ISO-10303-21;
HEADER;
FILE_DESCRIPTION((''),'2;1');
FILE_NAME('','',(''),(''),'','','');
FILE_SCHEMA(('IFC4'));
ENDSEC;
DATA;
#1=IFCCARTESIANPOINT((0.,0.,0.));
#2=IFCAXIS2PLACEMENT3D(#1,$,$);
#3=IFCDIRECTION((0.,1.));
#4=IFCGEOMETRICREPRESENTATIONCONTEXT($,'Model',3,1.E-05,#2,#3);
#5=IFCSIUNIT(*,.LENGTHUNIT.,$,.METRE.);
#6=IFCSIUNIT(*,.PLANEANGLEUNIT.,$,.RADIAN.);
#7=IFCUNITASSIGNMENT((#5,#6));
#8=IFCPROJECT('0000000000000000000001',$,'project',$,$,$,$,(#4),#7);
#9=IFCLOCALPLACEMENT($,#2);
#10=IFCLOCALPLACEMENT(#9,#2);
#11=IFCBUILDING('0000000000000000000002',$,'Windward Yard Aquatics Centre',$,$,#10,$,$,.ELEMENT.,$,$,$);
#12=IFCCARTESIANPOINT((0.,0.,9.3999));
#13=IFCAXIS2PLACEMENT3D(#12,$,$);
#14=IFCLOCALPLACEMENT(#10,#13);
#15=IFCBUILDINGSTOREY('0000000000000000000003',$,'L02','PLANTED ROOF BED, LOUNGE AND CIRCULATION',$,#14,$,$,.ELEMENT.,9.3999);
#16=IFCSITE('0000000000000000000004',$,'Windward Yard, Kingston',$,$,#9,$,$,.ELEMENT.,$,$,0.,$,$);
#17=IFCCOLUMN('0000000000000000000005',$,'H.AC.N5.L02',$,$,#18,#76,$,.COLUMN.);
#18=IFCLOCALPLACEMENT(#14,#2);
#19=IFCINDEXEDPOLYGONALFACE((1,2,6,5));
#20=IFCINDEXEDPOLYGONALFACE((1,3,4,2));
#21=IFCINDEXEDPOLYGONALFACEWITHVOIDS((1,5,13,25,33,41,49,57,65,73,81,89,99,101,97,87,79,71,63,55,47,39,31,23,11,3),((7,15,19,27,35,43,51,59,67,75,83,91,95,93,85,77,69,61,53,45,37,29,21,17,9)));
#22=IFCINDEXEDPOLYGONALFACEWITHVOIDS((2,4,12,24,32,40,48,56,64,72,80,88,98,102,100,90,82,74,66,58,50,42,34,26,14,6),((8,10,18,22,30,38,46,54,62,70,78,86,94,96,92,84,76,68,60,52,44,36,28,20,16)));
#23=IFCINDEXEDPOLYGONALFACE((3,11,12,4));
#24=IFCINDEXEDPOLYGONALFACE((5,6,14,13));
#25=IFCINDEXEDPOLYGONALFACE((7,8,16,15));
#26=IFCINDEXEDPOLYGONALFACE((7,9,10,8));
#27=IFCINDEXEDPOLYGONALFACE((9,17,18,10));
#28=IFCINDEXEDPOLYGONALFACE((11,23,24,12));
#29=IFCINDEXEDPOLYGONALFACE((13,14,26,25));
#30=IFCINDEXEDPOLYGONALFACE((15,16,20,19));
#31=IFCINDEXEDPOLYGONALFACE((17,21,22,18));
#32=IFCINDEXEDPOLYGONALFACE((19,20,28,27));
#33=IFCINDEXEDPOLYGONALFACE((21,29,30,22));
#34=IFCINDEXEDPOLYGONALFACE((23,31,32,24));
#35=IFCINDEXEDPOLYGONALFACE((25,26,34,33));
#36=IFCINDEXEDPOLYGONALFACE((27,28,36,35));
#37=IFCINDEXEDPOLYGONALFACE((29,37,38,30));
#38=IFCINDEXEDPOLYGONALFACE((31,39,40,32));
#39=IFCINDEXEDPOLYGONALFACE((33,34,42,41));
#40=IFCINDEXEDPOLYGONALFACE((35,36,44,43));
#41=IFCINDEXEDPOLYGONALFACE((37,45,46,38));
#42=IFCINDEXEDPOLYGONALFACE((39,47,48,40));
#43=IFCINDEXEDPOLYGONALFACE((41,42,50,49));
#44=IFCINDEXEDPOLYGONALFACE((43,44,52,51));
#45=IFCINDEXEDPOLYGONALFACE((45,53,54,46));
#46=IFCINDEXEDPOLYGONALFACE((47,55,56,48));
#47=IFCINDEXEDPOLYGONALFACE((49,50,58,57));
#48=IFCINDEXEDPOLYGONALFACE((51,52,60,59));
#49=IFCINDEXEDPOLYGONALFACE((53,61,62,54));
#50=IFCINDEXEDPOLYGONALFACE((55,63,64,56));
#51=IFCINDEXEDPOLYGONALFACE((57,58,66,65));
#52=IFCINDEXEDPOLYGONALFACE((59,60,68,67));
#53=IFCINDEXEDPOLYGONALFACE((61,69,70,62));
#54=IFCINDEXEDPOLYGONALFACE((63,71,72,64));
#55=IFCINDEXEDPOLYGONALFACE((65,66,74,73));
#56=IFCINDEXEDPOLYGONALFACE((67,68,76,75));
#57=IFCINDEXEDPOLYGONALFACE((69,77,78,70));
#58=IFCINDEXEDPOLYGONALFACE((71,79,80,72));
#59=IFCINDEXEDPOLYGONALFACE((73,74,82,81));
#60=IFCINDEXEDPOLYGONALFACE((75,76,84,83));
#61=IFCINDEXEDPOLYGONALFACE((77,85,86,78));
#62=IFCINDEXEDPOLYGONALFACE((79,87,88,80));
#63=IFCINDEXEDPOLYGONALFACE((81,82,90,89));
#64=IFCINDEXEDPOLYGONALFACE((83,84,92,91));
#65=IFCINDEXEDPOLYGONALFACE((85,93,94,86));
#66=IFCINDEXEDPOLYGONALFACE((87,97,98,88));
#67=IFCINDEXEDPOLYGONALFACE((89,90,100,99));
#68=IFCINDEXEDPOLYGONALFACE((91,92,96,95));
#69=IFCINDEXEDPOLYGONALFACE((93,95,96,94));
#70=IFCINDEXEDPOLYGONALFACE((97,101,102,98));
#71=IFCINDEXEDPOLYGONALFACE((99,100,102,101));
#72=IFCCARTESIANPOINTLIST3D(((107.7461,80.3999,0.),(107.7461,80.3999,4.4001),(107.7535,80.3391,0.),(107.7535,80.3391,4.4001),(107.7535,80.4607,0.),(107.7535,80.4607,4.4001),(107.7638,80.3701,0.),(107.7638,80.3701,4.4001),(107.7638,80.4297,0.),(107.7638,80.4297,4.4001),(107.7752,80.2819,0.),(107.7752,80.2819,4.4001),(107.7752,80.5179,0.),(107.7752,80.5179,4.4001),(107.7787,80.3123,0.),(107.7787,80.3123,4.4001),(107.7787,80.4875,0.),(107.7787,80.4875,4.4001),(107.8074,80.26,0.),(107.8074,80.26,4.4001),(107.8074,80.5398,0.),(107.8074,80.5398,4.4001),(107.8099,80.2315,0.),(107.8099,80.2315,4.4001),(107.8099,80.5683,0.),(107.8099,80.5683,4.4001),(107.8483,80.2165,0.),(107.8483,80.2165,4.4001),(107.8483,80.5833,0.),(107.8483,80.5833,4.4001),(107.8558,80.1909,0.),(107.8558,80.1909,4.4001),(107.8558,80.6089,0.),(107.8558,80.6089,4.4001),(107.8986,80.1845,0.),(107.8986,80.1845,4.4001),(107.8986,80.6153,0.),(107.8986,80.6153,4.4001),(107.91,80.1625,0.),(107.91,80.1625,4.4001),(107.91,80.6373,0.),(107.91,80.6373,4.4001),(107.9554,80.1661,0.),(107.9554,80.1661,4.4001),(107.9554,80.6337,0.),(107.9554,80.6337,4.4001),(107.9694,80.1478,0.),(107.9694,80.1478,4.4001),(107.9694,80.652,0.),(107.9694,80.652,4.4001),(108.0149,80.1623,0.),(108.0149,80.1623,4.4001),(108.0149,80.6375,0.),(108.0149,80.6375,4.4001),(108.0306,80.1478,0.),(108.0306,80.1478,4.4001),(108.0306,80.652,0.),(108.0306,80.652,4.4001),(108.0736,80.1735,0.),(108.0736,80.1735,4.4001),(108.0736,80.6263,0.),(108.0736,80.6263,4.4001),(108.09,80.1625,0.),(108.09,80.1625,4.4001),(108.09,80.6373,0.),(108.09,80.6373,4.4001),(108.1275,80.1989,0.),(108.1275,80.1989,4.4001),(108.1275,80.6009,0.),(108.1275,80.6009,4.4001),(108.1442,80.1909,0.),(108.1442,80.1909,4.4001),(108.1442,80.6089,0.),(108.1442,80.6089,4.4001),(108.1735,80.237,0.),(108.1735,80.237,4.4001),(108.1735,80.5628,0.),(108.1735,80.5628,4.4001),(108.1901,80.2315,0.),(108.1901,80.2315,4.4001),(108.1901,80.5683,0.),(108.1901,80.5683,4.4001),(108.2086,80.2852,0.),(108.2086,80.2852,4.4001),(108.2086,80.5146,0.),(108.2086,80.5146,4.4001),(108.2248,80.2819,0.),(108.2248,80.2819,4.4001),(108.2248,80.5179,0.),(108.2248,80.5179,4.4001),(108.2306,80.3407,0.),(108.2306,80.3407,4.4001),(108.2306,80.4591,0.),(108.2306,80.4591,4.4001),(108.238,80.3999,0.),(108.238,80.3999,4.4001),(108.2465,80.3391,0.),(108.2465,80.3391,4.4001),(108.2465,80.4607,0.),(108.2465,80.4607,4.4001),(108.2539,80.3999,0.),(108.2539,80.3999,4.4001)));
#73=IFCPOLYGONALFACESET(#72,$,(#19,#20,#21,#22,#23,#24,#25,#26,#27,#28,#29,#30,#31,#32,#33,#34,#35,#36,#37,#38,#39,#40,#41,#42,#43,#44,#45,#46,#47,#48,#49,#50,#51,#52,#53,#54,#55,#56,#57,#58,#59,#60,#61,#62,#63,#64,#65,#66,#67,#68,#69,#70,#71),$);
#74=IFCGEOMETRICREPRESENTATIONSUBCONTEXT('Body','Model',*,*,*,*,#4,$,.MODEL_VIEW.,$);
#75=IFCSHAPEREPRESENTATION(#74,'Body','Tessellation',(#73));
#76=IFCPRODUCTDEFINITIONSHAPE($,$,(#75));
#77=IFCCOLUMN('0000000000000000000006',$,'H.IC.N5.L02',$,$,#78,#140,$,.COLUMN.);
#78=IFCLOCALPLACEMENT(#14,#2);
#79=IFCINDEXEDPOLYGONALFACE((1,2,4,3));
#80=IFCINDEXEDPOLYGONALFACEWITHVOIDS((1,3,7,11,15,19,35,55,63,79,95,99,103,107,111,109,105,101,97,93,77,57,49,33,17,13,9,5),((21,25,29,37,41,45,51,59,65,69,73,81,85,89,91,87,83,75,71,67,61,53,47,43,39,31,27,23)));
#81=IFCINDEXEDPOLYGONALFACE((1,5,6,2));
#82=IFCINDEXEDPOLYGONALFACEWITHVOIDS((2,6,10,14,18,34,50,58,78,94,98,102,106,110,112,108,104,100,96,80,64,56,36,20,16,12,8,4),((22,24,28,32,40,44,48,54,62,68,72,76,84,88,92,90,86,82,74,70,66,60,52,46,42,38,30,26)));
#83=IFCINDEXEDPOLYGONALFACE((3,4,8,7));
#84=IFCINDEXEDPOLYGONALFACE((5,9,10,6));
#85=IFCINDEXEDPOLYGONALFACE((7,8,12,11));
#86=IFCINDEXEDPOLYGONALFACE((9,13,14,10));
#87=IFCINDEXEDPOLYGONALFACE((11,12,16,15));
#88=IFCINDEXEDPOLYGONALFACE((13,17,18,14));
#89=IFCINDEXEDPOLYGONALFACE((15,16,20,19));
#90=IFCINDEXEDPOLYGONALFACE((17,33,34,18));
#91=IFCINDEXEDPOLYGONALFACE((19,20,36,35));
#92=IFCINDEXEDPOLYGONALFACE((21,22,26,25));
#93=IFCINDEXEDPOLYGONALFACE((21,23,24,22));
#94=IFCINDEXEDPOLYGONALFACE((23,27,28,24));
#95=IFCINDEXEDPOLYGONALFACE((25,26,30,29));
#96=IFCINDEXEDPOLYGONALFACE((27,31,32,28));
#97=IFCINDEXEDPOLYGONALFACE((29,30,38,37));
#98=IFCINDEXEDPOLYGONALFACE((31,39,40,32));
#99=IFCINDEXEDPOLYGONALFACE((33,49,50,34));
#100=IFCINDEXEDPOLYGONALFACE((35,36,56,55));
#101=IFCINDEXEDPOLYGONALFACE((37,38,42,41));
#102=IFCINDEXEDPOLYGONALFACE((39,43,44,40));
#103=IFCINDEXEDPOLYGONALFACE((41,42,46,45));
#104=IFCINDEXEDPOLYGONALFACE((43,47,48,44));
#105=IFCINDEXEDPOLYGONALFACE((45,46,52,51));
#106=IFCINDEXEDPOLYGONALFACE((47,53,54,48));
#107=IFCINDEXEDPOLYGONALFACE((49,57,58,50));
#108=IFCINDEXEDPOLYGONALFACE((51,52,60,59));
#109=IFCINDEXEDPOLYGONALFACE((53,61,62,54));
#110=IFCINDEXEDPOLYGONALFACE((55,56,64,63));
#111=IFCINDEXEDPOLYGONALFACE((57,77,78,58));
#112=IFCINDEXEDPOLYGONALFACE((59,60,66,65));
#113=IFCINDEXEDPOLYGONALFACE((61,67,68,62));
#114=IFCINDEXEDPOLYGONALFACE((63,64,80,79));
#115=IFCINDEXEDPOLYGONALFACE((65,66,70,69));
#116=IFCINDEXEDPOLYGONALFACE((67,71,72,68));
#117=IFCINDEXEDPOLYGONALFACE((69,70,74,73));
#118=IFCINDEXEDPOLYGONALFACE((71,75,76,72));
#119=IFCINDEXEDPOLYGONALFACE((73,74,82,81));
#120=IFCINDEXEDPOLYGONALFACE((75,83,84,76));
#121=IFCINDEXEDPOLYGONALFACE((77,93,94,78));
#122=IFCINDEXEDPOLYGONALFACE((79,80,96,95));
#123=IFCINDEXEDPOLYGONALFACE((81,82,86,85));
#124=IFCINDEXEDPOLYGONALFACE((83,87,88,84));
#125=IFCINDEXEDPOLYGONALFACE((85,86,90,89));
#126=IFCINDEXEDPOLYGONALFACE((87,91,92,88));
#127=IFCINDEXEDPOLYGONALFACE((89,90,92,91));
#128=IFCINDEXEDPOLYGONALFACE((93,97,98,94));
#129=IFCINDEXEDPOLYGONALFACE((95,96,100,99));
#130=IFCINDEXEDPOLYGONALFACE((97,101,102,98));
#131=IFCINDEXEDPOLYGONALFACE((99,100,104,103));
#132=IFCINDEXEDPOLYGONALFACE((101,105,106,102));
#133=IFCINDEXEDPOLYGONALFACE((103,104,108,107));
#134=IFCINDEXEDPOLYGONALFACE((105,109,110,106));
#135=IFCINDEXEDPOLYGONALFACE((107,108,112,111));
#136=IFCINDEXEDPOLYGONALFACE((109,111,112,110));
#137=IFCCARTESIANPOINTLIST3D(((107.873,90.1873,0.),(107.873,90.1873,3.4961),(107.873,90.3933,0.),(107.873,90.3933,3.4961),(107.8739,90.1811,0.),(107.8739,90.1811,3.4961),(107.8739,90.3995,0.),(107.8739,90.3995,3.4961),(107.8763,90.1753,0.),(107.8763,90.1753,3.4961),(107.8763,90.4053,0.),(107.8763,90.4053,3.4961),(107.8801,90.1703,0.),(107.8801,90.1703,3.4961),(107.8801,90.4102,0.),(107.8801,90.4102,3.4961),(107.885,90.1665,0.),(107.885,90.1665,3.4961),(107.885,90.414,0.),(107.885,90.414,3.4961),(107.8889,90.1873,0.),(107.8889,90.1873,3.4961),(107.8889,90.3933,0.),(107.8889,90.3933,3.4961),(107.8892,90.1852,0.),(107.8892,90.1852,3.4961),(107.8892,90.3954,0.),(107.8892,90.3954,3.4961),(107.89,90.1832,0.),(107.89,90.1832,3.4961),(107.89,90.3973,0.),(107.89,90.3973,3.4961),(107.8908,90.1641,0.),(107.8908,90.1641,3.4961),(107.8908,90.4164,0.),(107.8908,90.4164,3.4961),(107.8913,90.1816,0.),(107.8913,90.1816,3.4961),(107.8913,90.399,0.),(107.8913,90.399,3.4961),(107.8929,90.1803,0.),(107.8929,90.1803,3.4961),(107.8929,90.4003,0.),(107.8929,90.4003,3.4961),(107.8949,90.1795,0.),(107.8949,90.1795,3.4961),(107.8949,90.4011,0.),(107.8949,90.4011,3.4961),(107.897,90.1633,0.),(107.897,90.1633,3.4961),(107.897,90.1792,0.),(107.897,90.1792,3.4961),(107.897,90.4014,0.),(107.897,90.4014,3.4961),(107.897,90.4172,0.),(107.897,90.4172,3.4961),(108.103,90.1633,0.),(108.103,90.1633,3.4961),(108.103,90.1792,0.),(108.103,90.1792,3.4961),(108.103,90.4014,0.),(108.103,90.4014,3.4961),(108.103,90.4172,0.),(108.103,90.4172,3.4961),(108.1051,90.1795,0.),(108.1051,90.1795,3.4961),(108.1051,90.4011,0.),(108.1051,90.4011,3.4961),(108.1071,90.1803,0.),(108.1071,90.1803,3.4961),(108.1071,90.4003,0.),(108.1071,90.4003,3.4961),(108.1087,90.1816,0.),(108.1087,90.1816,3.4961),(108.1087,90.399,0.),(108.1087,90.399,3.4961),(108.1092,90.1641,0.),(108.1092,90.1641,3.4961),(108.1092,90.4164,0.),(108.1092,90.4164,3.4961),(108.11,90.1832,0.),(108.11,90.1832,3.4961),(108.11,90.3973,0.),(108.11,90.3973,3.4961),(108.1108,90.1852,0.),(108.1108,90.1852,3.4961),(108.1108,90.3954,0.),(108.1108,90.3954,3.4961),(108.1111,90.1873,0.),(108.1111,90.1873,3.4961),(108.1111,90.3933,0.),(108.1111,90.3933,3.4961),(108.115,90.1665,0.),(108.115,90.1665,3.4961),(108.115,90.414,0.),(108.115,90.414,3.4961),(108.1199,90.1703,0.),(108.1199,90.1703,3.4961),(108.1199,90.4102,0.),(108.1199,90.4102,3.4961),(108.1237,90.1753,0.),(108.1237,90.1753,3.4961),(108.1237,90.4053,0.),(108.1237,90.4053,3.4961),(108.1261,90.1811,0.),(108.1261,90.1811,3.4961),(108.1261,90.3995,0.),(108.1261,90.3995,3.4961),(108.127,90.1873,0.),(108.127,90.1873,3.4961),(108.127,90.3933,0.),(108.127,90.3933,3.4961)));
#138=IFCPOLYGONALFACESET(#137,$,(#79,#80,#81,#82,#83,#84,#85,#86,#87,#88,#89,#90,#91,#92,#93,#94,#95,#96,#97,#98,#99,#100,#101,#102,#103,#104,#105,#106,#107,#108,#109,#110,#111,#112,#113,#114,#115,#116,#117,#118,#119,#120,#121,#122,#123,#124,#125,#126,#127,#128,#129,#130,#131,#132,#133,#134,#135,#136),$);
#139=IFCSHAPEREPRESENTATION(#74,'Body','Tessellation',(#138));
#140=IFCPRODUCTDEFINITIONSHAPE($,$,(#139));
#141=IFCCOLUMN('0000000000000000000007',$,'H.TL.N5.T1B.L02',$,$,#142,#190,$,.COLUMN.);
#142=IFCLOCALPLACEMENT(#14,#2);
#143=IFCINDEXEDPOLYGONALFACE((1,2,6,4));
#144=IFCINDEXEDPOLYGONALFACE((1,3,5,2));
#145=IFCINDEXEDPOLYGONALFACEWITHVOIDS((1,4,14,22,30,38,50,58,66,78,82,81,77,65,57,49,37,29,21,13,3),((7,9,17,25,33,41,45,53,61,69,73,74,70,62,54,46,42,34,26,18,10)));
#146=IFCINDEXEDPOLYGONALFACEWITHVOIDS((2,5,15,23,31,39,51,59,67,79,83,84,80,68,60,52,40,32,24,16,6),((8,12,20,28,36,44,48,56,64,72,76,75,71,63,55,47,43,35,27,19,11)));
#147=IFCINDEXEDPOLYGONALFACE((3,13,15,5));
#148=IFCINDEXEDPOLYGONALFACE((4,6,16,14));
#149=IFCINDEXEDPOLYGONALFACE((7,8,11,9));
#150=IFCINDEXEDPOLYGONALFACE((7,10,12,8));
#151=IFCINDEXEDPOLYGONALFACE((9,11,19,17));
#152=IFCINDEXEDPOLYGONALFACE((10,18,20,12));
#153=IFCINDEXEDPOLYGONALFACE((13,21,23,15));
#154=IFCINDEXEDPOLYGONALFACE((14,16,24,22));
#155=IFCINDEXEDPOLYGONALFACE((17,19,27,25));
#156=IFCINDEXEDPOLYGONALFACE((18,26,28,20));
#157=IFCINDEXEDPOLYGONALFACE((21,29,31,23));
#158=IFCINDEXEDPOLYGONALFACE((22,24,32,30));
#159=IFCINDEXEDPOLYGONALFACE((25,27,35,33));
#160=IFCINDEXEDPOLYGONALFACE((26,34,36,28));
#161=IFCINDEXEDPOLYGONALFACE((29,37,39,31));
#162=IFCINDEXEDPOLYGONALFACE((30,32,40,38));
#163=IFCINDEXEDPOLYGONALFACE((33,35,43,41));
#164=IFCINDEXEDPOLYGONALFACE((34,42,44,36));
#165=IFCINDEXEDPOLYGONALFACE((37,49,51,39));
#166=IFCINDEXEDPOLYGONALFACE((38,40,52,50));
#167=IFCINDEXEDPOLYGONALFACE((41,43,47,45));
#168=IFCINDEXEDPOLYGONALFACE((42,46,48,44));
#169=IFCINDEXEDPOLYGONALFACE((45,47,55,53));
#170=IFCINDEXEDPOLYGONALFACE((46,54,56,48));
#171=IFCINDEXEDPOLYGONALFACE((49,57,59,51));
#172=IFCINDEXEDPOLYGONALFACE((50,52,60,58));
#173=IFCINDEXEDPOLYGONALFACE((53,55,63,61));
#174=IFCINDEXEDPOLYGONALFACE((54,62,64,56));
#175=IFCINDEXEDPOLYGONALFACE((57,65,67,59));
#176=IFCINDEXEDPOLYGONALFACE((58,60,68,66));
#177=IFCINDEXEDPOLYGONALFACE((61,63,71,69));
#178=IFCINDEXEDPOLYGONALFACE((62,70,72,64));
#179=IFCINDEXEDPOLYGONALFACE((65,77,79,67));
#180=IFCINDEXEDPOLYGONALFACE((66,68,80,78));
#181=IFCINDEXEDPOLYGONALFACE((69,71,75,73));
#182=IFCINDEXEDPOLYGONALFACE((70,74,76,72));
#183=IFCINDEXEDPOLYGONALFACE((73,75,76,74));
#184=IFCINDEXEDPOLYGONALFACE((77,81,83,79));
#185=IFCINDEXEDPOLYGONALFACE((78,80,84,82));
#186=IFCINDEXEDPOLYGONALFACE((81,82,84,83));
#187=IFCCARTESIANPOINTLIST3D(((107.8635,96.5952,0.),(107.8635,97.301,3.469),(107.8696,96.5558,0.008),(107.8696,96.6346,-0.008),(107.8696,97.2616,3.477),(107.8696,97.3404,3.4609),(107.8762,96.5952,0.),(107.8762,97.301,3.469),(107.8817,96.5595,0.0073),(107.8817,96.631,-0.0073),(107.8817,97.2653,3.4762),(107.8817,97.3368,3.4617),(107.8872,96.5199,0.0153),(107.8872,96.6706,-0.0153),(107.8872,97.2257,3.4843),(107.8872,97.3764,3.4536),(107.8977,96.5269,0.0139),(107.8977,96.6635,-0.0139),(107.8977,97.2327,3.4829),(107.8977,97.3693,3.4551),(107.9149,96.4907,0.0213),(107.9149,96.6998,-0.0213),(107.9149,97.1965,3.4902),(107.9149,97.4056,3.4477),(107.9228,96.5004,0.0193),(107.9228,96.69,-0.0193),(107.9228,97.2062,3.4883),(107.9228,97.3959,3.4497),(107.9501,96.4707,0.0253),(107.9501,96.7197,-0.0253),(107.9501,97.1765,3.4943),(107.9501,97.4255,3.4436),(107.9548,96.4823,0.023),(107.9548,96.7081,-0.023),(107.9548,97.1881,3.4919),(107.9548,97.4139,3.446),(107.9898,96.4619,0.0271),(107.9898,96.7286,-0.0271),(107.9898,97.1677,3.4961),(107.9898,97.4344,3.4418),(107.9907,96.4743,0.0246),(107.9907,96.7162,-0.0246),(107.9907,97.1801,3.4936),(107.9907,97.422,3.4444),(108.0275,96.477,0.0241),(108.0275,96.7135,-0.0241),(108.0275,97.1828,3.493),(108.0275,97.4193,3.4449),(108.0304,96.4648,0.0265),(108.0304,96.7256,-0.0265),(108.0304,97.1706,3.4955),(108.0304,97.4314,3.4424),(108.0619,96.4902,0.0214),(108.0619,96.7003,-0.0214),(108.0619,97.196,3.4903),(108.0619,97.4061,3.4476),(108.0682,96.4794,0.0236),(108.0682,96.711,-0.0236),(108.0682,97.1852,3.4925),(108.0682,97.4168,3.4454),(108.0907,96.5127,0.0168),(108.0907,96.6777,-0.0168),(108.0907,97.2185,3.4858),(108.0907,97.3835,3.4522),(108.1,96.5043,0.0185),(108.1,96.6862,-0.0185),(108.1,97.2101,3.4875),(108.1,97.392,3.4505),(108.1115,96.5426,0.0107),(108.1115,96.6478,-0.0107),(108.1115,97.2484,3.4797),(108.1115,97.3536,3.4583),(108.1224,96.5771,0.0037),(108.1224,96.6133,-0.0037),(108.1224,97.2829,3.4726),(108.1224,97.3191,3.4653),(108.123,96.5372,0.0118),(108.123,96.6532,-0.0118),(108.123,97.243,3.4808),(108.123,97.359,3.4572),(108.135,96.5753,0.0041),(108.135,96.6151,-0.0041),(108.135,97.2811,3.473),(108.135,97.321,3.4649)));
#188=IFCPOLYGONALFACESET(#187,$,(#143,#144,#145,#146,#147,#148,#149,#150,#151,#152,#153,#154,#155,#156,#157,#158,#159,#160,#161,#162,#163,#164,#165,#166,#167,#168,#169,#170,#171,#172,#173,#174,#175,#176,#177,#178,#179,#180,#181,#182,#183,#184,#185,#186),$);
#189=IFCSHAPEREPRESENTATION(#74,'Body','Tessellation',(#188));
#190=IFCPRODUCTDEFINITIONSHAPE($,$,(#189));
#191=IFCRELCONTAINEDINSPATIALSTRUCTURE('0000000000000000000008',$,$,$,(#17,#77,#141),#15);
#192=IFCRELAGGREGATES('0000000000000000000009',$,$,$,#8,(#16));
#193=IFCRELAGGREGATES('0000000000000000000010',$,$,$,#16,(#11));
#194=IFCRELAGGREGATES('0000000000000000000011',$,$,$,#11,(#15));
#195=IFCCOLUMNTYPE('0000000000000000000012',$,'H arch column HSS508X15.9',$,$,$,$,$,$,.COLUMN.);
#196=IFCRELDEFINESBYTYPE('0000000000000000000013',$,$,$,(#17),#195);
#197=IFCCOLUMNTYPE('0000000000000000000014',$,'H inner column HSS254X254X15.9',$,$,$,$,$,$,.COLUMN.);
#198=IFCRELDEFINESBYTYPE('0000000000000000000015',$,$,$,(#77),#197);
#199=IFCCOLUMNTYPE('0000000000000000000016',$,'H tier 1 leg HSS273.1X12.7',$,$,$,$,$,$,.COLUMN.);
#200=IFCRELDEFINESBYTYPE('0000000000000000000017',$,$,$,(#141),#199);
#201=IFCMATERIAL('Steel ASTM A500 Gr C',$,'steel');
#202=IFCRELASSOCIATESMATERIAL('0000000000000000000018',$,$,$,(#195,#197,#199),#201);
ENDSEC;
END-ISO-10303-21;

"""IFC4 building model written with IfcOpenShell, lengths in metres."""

from ifc_helpers import new_model, si_unit, direction, frame, origin, origin_2d, place, context, subcontext, project, spatial, hollow_rectangle, hollow_circle, extrude, material, material_profile, profile_set, type_object, element, save


model = new_model("IFC4")

# Units and contexts
model_context = context("Model", 3, precision=1e-05, world=origin(), true_north=direction((0.0, 1.0)))
body_context = subcontext(model_context, "Body", "Model", "MODEL_VIEW")
ifc_project = project(units=[si_unit("LENGTHUNIT", "METRE"), si_unit("PLANEANGLEUNIT", "RADIAN")], contexts=[model_context])

# Site, building, storey
site_placement = place(None, origin())
site = spatial("IfcSite", under=ifc_project, at=site_placement, Name="Windward Yard, Kingston", CompositionType="ELEMENT", RefElevation=0.0)
building_placement = place(site_placement, origin())
building = spatial("IfcBuilding", under=site, at=building_placement, Name="Windward Yard Aquatics Centre", CompositionType="ELEMENT")
storey_placement = place(building_placement, frame((0.0, 0.0, 9.3999)))
storey = spatial("IfcBuildingStorey", under=building, at=storey_placement, Name="L02", Description="PLANTED ROOF BED, LOUNGE AND CIRCULATION", CompositionType="ELEMENT", Elevation=9.3999)

# Columns
ifc_material_1 = material(Name="Steel ASTM A500 Gr C", Category="steel")
ifc_material_profile_1 = material_profile(ifc_material_1, hollow_circle(Radius=0.2539, WallThickness=0.0159, at=origin_2d()), Name="HSS508X15.9")
ifc_profile_set_1 = profile_set([ifc_material_profile_1], Name="Steel ASTM A500 Gr C")
column_type_1 = type_object("IfcColumnType", Name="H arch column HSS508X15.9", PredefinedType="COLUMN", material=ifc_profile_set_1)
column_1_placement = place(storey_placement, frame((108.0, 80.3999, 0.0), z_axis=(0.0, 0.0, 1.0), x_axis=(1.0, 0.0, 0.0)))
element("IfcColumn", 1, at=column_1_placement, inside=storey, type_object=column_type_1, Name="H.AC.N5.L02", PredefinedType="COLUMN", context=body_context, shape_type="SweptSolid", body=[
    extrude(hollow_circle(Radius=0.2539, WallThickness=0.0159, at=origin_2d()), origin(), (0.0, 0.0, 1.0), 4.4001),
])
ifc_material_profile_2 = material_profile(ifc_material_1, hollow_rectangle(XDim=0.2539, YDim=0.2539, WallThickness=0.0159, InnerFilletRadius=0.0081, OuterFilletRadius=0.0239, at=origin_2d()), Name="HSS254X254X15.9")
ifc_profile_set_2 = profile_set([ifc_material_profile_2], Name="Steel ASTM A500 Gr C")
column_type_2 = type_object("IfcColumnType", Name="H inner column HSS254X254X15.9", PredefinedType="COLUMN", material=ifc_profile_set_2)
column_2_placement = place(storey_placement, frame((108.0, 90.2903, 0.0), z_axis=(0.0, 0.0, 1.0), x_axis=(1.0, 0.0, 0.0)))
element("IfcColumn", 2, at=column_2_placement, inside=storey, type_object=column_type_2, Name="H.IC.N5.L02", PredefinedType="COLUMN", context=body_context, shape_type="SweptSolid", body=[
    extrude(hollow_rectangle(XDim=0.2539, YDim=0.2539, WallThickness=0.0159, InnerFilletRadius=0.0081, OuterFilletRadius=0.0239, at=origin_2d()), origin(), (0.0, 0.0, 1.0), 3.4961),
])
ifc_material_profile_3 = material_profile(ifc_material_1, hollow_circle(Radius=0.1365, WallThickness=0.0127, at=origin_2d()), Name="HSS273.1X12.7")
ifc_profile_set_3 = profile_set([ifc_material_profile_3], Name="Steel ASTM A500 Gr C")
column_type_3 = type_object("IfcColumnType", Name="H tier 1 leg HSS273.1X12.7", PredefinedType="COLUMN", material=ifc_profile_set_3)
column_3_placement = place(storey_placement, frame((108.0, 96.5952, 0.0), z_axis=(0.0, 0.199378, 0.979923), x_axis=(-1.0, 0.0, 0.0)))
element("IfcColumn", 3, at=column_3_placement, inside=storey, type_object=column_type_3, Name="H.TL.N5.T1B.L02", PredefinedType="COLUMN", context=body_context, shape_type="SweptSolid", body=[
    extrude(hollow_circle(Radius=0.1365, WallThickness=0.0127, at=origin_2d()), origin(), (0.0, 0.0, 1.0), 3.54),
])

save(model, "model.ifc")
